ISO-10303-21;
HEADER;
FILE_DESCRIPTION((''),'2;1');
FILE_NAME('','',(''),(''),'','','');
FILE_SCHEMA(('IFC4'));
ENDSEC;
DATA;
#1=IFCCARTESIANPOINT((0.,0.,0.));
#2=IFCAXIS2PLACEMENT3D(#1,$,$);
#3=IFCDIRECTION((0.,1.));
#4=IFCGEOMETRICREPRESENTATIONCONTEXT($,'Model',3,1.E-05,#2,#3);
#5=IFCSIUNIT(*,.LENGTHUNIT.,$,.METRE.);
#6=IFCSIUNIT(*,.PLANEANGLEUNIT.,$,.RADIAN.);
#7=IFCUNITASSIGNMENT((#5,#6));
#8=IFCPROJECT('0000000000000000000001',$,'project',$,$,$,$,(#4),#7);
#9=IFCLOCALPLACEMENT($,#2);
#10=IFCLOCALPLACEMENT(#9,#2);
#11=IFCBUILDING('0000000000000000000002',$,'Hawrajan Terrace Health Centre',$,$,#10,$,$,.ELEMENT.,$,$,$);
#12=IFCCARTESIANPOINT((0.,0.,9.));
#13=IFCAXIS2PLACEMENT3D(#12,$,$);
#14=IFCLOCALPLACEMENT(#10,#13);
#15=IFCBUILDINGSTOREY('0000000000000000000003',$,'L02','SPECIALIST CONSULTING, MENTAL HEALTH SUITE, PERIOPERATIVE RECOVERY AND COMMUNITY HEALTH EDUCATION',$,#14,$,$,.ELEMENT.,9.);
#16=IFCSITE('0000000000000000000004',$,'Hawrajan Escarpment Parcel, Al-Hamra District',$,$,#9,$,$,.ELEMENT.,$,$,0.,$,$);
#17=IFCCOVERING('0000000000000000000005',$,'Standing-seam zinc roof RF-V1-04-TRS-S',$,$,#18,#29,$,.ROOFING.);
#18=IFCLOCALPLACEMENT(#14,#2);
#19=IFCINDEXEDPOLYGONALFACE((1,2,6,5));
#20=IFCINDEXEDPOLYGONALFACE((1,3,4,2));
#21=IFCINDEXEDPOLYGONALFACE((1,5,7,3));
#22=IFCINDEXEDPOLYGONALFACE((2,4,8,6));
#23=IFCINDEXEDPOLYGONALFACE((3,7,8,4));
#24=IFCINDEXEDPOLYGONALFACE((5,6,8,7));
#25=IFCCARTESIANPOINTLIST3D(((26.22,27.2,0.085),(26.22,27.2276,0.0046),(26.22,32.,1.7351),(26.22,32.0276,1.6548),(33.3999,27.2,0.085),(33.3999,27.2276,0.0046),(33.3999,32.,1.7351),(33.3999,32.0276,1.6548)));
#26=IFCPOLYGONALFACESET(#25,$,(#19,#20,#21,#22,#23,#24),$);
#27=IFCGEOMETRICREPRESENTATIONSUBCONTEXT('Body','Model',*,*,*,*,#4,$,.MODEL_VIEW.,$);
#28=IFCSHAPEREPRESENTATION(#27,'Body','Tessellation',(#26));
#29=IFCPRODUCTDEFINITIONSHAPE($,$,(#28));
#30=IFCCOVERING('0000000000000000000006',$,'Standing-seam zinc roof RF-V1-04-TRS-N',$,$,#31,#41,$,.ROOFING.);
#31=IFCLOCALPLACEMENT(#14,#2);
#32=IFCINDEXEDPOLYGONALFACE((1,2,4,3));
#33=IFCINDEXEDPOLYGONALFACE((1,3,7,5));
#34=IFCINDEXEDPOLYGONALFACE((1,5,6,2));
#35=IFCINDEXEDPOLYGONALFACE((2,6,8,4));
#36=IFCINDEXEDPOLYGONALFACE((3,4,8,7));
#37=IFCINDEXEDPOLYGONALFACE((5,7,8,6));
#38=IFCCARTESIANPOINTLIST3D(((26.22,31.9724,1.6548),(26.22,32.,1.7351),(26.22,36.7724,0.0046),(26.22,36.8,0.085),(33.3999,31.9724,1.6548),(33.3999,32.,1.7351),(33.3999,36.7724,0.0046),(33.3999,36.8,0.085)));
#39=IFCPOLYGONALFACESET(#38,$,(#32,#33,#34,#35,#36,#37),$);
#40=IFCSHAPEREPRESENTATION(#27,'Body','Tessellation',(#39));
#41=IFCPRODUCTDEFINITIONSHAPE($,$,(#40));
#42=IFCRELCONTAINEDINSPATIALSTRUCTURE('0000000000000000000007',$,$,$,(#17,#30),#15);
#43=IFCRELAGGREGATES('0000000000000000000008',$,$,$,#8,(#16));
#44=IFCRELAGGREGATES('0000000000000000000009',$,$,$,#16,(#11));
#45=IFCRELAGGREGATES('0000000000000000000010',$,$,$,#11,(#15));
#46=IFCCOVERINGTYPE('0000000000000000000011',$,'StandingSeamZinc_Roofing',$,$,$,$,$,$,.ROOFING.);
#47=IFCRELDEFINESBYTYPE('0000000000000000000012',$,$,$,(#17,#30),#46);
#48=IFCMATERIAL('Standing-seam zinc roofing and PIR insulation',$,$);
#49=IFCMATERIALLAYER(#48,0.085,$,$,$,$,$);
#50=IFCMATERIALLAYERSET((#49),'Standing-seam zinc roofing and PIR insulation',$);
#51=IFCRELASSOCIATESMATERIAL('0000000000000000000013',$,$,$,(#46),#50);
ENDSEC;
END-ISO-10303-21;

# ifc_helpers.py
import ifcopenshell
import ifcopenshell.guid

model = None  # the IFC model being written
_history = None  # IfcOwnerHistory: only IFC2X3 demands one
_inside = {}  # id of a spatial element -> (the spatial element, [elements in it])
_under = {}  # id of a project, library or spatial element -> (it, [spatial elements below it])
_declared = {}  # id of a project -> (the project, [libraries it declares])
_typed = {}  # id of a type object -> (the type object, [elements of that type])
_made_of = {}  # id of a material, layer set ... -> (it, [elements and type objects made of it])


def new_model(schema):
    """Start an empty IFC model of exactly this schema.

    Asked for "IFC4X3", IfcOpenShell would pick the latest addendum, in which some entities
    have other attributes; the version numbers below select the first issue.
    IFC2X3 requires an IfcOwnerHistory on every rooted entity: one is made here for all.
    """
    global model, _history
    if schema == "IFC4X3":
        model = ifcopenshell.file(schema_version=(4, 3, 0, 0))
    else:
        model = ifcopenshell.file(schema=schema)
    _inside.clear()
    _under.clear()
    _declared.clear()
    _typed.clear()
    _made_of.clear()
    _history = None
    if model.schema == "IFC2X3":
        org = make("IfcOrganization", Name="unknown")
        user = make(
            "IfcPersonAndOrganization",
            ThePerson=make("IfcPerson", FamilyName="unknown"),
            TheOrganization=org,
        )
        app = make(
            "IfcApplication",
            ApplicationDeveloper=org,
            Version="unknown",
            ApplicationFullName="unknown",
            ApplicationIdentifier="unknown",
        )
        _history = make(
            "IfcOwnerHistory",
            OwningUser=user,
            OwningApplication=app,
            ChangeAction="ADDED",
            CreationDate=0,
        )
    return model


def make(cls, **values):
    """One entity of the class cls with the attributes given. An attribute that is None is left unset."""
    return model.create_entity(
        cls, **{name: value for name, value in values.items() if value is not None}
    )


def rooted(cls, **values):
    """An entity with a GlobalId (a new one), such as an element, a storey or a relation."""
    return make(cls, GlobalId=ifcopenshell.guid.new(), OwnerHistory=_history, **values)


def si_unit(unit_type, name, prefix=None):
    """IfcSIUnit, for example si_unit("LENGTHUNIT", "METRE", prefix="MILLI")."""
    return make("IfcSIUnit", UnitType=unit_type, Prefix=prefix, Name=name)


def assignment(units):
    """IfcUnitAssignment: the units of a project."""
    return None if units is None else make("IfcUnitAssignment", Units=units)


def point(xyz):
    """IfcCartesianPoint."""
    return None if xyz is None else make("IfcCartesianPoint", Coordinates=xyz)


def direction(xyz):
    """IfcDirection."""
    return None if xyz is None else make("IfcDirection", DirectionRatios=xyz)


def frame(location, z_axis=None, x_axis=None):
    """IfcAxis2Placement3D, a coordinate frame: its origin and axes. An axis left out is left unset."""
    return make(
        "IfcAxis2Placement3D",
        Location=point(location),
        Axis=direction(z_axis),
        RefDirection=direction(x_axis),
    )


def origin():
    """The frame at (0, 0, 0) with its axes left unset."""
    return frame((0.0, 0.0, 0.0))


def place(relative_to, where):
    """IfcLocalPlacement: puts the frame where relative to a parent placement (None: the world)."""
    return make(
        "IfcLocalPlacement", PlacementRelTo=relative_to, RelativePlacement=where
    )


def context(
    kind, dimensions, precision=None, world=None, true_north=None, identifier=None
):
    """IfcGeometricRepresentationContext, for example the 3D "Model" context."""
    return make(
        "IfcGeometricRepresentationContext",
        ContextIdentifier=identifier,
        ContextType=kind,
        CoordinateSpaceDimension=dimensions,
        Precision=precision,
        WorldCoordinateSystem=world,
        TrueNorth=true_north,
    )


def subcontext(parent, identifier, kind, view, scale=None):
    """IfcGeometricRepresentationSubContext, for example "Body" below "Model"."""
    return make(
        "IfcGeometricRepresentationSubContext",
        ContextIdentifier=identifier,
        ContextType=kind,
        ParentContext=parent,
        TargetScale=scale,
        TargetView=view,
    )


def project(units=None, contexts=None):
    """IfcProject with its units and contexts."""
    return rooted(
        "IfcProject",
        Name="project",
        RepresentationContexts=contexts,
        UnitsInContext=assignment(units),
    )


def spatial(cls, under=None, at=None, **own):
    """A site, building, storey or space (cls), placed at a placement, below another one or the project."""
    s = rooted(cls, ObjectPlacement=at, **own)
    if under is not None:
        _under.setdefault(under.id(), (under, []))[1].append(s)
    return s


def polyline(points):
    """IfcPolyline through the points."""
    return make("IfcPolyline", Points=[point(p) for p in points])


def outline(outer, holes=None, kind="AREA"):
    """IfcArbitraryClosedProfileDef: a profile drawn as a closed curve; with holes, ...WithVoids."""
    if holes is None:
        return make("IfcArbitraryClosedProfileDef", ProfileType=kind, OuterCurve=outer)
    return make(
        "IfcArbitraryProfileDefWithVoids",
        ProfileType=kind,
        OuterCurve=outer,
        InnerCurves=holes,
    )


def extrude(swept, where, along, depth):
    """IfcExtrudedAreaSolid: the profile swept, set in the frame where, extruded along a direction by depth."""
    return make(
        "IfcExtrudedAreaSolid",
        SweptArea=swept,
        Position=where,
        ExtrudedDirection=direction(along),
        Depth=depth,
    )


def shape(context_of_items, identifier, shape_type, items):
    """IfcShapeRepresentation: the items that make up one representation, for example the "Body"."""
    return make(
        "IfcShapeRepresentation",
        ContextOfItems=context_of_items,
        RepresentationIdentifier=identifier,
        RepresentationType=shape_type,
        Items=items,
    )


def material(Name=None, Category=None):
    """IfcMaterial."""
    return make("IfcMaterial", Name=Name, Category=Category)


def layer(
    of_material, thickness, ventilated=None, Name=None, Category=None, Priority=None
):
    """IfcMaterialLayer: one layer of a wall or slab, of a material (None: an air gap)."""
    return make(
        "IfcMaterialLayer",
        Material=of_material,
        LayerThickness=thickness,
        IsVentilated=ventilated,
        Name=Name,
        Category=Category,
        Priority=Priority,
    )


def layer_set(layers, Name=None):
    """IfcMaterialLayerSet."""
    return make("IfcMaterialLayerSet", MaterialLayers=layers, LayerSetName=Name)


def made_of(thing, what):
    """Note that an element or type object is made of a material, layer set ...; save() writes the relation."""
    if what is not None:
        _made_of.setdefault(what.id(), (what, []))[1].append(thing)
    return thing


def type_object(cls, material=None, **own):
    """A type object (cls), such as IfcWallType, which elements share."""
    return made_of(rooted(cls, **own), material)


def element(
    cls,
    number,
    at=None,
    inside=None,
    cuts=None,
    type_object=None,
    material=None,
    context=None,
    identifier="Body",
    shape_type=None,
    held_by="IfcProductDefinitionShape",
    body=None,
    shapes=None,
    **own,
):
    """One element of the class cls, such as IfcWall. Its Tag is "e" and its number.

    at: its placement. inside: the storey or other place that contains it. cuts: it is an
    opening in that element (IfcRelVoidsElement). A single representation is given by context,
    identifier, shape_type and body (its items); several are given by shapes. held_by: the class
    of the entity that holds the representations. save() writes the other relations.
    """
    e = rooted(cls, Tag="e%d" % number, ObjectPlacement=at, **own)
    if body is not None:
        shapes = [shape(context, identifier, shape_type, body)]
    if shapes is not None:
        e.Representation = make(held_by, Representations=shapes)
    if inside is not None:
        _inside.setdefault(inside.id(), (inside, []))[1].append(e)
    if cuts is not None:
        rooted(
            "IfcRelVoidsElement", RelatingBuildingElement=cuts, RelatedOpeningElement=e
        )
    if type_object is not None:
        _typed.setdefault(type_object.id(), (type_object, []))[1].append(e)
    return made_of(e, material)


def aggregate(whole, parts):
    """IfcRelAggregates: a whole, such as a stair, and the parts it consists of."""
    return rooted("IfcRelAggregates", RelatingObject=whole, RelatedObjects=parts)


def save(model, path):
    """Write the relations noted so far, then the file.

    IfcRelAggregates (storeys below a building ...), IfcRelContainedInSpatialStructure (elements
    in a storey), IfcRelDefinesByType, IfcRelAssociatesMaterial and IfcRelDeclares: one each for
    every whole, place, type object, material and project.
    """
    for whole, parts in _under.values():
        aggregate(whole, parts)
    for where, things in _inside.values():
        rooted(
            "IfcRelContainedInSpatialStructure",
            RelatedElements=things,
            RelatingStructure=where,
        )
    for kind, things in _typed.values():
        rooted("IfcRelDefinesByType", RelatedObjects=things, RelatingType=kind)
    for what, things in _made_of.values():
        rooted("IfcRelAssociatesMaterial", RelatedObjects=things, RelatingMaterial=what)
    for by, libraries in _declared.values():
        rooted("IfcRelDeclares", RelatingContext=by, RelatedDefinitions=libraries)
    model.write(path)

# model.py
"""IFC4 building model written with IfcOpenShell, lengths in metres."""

from ifc_helpers import new_model, si_unit, direction, frame, origin, place, context, subcontext, project, spatial, polyline, outline, extrude, material, layer, layer_set, type_object, element, save


model = new_model("IFC4")

# Units and contexts
model_context = context("Model", 3, precision=1e-05, world=origin(), true_north=direction((0.0, 1.0)))
body_context = subcontext(model_context, "Body", "Model", "MODEL_VIEW")
ifc_project = project(units=[si_unit("LENGTHUNIT", "METRE"), si_unit("PLANEANGLEUNIT", "RADIAN")], contexts=[model_context])

# Site, building, storey
site_placement = place(None, origin())
site = spatial("IfcSite", under=ifc_project, at=site_placement, Name="Hawrajan Escarpment Parcel, Al-Hamra District", CompositionType="ELEMENT", RefElevation=0.0)
building_placement = place(site_placement, origin())
building = spatial("IfcBuilding", under=site, at=building_placement, Name="Hawrajan Terrace Health Centre", CompositionType="ELEMENT")
storey_placement = place(building_placement, frame((0.0, 0.0, 9.0)))
storey = spatial("IfcBuildingStorey", under=building, at=storey_placement, Name="L02", Description="SPECIALIST CONSULTING, MENTAL HEALTH SUITE, PERIOPERATIVE RECOVERY AND COMMUNITY HEALTH EDUCATION", CompositionType="ELEMENT", Elevation=9.0)

# Coverings
ifc_material_1 = material(Name="Standing-seam zinc roofing and PIR insulation")
ifc_layer_1 = layer(ifc_material_1, 0.085)
ifc_layer_set_1 = layer_set([ifc_layer_1], Name="Standing-seam zinc roofing and PIR insulation")
covering_type = type_object("IfcCoveringType", Name="StandingSeamZinc_Roofing", PredefinedType="ROOFING", material=ifc_layer_set_1)
for number, where, z_axis, x_axis, name in (
    (1, (26.22, 27.2, 0.085), (0.0, -0.325103, 0.945679), (1.0, 0.0, 0.0), "Standing-seam zinc roof RF-V1-04-TRS-S"),
    (2, (26.22, 32.0, 1.7351), (0.0, 0.325103, 0.945679), (1.0, 0.0, 0.0), "Standing-seam zinc roof RF-V1-04-TRS-N"),
):
    element("IfcCovering", number, at=place(storey_placement, frame(where, z_axis=z_axis, x_axis=x_axis)), inside=storey, type_object=covering_type, Name=name, PredefinedType="ROOFING", context=body_context, shape_type="SweptSolid", body=[
        extrude(outline(polyline([(0.0, 0.0), (7.1799, 0.0), (7.1799, 5.0758), (0.0, 5.0758), (0.0, 0.0)])), origin(), (0.0, 0.0, -1.0), 0.085),
    ])

save(model, "model.ifc")
